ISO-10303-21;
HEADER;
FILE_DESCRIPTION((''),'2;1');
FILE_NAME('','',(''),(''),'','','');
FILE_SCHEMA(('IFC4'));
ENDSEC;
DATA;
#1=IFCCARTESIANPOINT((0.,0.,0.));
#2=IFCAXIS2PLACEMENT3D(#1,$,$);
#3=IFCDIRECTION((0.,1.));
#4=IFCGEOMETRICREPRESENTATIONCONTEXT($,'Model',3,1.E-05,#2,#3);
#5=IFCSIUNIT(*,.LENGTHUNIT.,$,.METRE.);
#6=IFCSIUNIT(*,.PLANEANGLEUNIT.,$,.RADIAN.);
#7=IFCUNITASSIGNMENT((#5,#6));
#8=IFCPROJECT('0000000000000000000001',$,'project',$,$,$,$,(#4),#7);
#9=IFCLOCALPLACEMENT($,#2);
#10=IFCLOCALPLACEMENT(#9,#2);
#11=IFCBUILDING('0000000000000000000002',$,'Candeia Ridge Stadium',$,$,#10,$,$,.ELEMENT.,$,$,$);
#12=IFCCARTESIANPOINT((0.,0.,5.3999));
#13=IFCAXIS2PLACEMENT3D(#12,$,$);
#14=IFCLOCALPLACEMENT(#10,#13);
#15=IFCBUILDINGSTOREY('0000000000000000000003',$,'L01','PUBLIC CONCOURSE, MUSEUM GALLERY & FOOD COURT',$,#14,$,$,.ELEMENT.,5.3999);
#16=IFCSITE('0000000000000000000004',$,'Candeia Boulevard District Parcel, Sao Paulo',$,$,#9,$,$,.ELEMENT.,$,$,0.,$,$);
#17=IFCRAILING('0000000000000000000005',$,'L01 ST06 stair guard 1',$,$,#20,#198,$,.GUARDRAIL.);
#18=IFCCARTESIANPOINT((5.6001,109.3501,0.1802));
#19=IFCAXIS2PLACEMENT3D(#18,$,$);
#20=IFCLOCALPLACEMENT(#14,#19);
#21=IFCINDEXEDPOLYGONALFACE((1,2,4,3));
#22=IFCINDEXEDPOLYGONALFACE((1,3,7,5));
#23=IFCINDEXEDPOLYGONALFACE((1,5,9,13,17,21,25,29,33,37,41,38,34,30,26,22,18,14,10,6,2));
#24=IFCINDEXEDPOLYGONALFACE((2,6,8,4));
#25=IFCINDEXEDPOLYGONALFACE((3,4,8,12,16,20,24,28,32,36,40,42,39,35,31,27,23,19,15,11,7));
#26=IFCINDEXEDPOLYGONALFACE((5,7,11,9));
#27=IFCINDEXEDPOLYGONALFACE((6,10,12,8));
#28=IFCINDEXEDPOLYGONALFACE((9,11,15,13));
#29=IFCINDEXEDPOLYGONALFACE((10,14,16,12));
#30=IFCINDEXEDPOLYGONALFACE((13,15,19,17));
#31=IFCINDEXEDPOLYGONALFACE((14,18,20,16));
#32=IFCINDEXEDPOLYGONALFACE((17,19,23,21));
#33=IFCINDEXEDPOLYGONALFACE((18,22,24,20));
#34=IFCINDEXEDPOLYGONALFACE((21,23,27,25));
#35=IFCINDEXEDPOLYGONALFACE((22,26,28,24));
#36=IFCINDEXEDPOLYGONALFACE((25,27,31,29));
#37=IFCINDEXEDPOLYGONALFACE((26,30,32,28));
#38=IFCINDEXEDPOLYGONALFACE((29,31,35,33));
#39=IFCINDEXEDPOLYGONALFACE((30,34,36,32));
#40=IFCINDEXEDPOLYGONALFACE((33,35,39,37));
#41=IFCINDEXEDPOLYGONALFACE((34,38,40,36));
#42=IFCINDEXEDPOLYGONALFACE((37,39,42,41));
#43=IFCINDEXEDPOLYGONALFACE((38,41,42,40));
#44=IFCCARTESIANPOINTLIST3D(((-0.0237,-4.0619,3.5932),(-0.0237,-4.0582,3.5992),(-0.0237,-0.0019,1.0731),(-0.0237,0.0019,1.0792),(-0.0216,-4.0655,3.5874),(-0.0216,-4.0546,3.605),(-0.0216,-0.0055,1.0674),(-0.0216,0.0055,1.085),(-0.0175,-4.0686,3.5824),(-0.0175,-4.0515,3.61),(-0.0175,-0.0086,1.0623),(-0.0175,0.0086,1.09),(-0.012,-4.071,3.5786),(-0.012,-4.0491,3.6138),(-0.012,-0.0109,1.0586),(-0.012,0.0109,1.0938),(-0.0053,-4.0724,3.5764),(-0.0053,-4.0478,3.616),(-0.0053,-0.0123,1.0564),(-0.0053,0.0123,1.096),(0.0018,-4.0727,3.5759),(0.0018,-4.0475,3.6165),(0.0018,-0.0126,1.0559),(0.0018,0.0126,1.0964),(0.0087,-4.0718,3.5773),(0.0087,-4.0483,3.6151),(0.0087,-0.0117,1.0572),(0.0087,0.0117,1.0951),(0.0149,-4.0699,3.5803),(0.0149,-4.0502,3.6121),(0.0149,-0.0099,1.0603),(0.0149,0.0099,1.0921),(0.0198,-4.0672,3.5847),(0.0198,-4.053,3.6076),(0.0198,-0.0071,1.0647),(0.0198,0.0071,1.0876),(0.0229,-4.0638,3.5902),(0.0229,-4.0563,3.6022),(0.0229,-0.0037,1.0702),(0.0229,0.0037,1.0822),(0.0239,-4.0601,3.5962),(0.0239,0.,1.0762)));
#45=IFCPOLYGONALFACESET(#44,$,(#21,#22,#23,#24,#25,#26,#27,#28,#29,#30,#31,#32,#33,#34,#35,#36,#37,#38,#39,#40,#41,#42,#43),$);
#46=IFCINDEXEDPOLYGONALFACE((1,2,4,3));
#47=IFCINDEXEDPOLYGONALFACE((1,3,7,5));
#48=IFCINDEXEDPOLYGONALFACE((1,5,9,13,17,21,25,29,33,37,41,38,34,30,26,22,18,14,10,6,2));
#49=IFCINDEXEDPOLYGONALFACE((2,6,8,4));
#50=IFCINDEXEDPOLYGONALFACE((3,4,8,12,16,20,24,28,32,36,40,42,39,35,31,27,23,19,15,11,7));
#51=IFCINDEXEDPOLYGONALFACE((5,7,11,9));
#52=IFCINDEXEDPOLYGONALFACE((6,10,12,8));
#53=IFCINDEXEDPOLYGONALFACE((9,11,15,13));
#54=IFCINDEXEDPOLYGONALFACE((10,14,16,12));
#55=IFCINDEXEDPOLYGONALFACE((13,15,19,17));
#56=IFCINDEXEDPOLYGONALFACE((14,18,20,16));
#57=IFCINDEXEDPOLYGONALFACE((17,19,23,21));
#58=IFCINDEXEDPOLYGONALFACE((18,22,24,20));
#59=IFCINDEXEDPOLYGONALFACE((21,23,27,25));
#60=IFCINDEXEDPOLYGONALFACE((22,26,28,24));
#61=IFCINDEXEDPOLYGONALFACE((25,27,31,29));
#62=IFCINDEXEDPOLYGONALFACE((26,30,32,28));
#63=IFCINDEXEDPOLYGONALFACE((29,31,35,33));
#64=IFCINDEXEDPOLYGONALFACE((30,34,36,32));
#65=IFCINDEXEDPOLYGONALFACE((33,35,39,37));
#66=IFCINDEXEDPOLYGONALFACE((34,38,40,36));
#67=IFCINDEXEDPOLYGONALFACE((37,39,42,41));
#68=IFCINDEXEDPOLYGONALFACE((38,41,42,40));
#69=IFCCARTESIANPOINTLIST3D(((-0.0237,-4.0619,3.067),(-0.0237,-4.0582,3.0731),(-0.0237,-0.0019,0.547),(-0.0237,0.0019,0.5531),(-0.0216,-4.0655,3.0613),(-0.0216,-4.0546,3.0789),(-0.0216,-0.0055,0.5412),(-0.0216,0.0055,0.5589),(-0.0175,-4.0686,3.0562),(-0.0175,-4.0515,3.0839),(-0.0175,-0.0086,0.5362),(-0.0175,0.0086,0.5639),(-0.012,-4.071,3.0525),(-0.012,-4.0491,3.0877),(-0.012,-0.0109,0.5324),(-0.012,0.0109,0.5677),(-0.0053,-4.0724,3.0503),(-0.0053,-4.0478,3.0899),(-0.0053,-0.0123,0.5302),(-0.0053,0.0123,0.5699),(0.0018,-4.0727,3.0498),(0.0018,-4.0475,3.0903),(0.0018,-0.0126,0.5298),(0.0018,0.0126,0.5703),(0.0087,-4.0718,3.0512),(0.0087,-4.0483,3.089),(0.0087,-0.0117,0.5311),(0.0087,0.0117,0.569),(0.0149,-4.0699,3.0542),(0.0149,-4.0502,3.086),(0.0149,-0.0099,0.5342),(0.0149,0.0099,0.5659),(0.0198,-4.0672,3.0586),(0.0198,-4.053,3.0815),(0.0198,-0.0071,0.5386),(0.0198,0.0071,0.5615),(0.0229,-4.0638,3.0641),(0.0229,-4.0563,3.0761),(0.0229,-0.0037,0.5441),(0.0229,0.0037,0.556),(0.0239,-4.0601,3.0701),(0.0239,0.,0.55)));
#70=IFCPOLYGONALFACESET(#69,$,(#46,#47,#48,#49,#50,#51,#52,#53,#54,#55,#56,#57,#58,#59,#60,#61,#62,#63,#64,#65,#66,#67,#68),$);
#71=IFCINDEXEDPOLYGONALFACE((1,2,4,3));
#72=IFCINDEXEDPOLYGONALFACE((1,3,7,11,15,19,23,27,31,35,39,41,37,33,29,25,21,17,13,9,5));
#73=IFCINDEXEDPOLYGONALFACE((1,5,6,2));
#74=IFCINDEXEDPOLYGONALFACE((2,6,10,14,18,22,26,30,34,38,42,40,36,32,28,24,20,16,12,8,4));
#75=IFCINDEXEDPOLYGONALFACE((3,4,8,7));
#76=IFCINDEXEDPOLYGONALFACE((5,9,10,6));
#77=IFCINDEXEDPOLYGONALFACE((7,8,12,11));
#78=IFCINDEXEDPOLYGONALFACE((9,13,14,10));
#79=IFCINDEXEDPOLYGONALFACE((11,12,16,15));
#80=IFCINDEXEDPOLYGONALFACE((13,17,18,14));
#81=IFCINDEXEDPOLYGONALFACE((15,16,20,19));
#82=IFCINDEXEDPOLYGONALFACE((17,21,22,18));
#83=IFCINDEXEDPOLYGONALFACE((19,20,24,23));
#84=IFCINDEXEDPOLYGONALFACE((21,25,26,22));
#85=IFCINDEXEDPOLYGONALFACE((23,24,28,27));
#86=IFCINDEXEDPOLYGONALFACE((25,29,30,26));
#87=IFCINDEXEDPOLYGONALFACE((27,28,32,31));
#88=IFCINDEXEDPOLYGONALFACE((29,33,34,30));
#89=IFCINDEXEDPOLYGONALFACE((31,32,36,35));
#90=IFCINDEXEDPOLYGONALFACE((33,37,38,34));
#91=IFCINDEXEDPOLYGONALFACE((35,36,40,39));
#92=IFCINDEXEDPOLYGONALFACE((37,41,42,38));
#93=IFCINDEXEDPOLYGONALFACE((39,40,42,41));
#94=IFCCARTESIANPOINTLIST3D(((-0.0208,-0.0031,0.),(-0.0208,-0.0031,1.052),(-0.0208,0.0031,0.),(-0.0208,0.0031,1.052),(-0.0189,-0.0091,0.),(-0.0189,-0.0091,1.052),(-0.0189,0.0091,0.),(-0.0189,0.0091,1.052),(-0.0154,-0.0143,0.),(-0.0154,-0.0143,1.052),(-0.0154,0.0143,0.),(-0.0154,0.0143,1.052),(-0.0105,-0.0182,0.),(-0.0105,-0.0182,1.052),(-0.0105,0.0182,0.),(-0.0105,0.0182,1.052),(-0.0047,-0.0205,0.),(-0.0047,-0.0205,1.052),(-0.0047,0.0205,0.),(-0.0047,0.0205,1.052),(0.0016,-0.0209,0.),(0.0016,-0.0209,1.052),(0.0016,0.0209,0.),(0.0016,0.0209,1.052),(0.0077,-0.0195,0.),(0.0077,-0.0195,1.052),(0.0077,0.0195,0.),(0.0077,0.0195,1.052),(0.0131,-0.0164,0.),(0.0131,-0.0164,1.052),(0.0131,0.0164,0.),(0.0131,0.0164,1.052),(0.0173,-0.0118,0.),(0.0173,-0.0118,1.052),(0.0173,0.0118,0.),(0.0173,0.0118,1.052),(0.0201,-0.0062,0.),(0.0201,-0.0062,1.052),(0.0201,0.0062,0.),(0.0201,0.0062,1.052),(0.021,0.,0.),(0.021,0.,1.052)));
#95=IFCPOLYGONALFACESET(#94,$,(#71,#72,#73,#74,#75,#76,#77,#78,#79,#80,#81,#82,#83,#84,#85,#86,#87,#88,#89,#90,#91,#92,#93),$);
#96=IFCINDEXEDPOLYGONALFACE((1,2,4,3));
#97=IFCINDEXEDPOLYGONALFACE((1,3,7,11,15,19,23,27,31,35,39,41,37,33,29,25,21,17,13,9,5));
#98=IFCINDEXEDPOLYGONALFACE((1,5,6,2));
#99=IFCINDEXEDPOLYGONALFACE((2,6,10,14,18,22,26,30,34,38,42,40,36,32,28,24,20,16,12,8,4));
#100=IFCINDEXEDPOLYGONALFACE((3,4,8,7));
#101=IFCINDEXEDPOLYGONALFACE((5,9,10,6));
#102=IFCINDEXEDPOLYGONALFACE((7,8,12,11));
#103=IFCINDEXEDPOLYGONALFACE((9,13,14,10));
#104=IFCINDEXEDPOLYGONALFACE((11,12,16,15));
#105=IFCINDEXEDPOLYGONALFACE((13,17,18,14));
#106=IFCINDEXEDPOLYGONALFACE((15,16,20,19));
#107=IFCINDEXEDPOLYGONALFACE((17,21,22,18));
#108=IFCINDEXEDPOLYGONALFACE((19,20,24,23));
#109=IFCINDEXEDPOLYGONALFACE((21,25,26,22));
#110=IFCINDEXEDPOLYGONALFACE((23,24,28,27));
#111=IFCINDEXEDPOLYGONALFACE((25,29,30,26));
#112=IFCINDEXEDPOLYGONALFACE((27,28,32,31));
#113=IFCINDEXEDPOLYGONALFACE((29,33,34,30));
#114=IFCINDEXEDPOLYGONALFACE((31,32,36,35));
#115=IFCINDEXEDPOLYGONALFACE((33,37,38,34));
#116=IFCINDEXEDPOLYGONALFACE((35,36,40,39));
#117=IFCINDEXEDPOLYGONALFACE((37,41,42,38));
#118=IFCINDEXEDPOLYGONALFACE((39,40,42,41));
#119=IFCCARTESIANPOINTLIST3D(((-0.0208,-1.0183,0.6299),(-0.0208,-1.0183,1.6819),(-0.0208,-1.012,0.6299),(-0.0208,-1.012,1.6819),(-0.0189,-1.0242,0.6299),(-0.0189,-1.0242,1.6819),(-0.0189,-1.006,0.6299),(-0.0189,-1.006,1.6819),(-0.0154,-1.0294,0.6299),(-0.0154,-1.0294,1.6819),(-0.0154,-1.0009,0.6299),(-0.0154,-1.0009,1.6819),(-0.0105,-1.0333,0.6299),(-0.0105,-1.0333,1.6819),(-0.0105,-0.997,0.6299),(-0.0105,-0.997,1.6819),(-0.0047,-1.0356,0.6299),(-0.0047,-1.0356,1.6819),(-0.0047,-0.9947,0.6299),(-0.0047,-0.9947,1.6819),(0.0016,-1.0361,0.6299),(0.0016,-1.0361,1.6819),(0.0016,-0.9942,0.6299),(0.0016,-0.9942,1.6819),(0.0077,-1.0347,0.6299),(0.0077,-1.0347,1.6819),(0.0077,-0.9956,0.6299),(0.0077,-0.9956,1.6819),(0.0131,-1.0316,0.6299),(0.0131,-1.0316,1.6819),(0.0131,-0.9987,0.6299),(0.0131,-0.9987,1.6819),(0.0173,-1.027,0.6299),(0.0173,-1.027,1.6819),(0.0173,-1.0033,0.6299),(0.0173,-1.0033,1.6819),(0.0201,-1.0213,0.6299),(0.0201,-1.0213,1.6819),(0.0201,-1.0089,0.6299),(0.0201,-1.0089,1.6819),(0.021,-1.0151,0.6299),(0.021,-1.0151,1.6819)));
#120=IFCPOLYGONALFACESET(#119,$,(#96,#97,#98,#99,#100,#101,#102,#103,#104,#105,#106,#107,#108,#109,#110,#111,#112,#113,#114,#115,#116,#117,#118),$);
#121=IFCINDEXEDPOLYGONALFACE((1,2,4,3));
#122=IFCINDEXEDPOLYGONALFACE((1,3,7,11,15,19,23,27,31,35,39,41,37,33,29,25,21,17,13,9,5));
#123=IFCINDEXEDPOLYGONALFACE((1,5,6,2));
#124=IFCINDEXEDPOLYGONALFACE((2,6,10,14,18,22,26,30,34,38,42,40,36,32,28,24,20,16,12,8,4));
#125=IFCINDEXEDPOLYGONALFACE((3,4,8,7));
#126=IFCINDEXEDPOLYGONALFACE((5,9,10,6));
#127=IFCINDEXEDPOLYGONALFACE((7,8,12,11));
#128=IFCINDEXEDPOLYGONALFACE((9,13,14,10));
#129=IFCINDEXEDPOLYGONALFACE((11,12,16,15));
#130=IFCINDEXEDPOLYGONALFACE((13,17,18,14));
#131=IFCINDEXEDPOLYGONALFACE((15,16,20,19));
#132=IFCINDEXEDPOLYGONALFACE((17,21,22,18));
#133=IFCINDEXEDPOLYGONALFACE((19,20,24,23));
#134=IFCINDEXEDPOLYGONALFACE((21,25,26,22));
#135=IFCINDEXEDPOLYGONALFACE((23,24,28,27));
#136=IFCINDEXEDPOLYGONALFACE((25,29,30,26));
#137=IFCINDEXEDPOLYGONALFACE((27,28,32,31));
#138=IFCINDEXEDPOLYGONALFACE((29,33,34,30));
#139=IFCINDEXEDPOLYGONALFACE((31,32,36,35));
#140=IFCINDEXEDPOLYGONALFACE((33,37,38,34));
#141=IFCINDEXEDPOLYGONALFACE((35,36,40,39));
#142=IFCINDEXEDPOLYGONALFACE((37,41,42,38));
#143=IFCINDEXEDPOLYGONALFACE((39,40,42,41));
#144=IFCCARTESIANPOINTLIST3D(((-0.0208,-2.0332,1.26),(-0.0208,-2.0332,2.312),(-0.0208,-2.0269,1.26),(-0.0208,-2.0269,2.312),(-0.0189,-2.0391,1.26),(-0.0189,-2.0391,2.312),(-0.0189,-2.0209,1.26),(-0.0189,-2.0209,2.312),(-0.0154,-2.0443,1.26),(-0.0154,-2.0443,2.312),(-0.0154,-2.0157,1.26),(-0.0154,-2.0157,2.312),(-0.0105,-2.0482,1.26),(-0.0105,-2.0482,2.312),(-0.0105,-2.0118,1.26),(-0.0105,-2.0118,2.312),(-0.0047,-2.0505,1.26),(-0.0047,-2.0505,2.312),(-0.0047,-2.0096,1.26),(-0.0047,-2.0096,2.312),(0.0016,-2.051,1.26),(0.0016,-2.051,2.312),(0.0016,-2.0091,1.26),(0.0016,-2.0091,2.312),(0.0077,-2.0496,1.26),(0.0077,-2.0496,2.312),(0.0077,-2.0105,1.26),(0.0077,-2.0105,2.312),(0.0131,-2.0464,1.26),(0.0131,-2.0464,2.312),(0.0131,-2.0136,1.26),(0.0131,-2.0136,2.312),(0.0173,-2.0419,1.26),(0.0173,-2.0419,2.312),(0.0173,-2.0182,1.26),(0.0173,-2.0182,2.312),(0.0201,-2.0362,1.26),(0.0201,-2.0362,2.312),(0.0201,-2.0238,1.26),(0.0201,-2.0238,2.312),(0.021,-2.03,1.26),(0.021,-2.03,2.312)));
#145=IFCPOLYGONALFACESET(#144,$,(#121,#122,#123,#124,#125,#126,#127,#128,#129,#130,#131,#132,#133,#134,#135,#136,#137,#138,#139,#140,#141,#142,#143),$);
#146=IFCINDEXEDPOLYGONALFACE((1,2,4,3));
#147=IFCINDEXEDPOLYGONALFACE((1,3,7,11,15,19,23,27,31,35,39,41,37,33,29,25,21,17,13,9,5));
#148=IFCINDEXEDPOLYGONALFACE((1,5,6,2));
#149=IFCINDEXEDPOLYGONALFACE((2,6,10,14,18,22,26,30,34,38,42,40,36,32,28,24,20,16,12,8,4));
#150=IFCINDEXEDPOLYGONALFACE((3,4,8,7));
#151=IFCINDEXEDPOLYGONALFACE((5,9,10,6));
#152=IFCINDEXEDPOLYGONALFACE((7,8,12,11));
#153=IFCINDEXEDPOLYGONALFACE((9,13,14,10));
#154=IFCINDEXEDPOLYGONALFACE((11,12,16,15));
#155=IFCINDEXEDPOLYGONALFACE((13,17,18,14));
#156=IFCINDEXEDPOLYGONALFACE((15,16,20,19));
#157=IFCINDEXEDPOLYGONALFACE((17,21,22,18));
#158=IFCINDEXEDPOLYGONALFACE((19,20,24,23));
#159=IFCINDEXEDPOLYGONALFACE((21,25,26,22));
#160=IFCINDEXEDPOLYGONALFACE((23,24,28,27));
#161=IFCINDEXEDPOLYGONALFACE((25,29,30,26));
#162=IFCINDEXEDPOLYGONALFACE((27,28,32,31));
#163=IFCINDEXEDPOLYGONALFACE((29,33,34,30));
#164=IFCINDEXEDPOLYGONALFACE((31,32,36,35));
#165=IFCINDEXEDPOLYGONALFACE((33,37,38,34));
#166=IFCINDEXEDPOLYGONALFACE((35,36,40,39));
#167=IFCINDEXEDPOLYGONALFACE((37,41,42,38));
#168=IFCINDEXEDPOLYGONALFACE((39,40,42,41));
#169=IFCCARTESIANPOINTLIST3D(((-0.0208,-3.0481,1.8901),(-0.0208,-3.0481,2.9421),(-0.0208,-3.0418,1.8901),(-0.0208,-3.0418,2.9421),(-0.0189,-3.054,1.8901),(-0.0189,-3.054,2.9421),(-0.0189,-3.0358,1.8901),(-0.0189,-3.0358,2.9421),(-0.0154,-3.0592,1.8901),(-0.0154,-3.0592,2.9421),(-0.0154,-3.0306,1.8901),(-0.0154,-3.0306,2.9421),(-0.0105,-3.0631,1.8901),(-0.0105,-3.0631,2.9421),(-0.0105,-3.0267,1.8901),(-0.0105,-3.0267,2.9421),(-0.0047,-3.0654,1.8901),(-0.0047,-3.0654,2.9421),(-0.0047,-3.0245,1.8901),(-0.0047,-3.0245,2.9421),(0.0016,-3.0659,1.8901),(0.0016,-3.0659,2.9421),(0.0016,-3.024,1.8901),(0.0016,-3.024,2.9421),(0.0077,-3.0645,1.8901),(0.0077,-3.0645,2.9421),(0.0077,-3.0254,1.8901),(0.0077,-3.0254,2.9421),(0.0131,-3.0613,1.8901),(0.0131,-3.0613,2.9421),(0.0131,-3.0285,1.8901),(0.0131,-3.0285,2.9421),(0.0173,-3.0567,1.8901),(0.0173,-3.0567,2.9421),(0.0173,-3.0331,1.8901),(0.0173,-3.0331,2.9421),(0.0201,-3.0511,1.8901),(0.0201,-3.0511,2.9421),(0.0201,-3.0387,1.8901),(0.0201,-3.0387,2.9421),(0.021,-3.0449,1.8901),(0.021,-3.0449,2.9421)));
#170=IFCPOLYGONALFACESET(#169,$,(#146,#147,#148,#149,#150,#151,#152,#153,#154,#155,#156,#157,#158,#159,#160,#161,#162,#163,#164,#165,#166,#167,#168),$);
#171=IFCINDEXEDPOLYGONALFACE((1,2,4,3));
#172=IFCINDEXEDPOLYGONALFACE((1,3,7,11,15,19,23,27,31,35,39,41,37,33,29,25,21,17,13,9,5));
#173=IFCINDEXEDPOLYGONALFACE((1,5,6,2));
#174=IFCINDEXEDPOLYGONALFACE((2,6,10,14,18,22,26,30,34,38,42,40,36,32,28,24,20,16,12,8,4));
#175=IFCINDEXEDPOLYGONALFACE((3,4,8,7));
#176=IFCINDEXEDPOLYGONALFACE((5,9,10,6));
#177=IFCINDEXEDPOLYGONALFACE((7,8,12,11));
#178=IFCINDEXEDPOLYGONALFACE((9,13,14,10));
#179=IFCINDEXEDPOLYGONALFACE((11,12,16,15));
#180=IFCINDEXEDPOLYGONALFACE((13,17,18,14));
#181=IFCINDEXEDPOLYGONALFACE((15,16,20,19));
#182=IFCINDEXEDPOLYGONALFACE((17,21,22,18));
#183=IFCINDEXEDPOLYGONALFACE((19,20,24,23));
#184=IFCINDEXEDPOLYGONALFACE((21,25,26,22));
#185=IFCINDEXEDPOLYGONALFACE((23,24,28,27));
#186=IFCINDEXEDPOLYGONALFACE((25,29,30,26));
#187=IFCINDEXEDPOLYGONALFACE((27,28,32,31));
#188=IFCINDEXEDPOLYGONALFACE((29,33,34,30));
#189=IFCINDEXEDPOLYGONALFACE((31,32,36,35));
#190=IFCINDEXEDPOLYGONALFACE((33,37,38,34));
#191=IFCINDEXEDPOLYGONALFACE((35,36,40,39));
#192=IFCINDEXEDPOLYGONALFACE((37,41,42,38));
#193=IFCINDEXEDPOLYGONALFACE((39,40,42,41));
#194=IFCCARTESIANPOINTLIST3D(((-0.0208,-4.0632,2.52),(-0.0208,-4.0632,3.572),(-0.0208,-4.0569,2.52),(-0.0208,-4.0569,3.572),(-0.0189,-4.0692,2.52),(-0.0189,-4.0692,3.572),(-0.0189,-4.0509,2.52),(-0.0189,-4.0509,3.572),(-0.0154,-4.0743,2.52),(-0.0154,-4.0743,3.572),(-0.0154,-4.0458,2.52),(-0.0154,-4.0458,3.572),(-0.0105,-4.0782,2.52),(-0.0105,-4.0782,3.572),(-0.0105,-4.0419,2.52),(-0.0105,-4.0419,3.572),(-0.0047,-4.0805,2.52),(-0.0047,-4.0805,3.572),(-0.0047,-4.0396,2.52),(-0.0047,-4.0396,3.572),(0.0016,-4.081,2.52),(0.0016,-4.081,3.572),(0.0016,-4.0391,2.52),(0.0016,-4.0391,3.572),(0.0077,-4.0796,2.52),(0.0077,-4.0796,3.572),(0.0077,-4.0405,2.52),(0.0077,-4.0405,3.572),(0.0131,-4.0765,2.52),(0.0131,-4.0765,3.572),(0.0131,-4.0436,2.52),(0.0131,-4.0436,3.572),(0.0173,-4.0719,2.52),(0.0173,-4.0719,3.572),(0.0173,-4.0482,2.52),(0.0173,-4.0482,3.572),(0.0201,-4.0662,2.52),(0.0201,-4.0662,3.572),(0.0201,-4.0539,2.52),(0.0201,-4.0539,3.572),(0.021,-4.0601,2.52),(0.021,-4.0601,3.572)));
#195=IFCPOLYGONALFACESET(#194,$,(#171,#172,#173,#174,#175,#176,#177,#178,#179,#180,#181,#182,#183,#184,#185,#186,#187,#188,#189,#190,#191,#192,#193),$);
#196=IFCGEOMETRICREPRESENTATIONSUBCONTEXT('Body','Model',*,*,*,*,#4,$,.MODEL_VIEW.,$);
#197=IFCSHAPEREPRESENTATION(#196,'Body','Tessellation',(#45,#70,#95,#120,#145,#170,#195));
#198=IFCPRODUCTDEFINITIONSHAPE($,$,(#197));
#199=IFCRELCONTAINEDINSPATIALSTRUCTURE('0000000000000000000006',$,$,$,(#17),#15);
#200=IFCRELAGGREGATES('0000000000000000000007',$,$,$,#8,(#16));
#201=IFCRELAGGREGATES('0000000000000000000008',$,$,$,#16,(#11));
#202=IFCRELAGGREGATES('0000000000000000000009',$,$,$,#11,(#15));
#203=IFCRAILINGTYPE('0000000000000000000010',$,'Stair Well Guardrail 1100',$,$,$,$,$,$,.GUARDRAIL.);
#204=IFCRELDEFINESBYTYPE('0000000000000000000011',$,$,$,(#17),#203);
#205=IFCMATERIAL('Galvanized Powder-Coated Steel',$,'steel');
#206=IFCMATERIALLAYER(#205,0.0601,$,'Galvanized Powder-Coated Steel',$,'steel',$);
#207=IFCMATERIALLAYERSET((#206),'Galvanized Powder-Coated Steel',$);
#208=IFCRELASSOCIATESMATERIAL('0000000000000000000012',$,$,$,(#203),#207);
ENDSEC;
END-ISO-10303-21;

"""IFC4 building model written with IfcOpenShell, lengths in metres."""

from ifc_helpers import new_model, si_unit, direction, frame, origin, origin_2d, place, context, subcontext, project, spatial, circle, extrude, material, layer, layer_set, type_object, element, save


model = new_model("IFC4")

# Units and contexts
model_context = context("Model", 3, precision=1e-05, world=origin(), true_north=direction((0.0, 1.0)))
body_context = subcontext(model_context, "Body", "Model", "MODEL_VIEW")
ifc_project = project(units=[si_unit("LENGTHUNIT", "METRE"), si_unit("PLANEANGLEUNIT", "RADIAN")], contexts=[model_context])

# Site, building, storey
site_placement = place(None, origin())
site = spatial("IfcSite", under=ifc_project, at=site_placement, Name="Candeia Boulevard District Parcel, Sao Paulo", CompositionType="ELEMENT", RefElevation=0.0)
building_placement = place(site_placement, origin())
building = spatial("IfcBuilding", under=site, at=building_placement, Name="Candeia Ridge Stadium", CompositionType="ELEMENT")
storey_placement = place(building_placement, frame((0.0, 0.0, 5.3999)))
storey = spatial("IfcBuildingStorey", under=building, at=storey_placement, Name="L01", Description="PUBLIC CONCOURSE, MUSEUM GALLERY & FOOD COURT", CompositionType="ELEMENT", Elevation=5.3999)

# Railing
ifc_material_1 = material(Name="Galvanized Powder-Coated Steel", Category="steel")
ifc_layer_1 = layer(ifc_material_1, 0.0601, Name="Galvanized Powder-Coated Steel", Category="steel")
ifc_layer_set_1 = layer_set([ifc_layer_1], Name="Galvanized Powder-Coated Steel")
railing_type_1 = type_object("IfcRailingType", Name="Stair Well Guardrail 1100", PredefinedType="GUARDRAIL", material=ifc_layer_set_1)
railing_1_placement = place(storey_placement, frame((5.6001, 109.3501, 0.1802)))
element("IfcRailing", 1, at=railing_1_placement, inside=storey, type_object=railing_type_1, Name="L01 ST06 stair guard 1", PredefinedType="GUARDRAIL", context=body_context, shape_type="SweptSolid", body=[
    extrude(circle(Radius=0.0239, at=origin_2d()), frame((0.0, 0.0, 1.0762), z_axis=(0.0, -0.849642, 0.52736), x_axis=(1.0, 0.0, 0.0)), (0.0, 0.0, 1.0), 4.7786),
    extrude(circle(Radius=0.0239, at=origin_2d()), frame((0.0, 0.0, 0.55), z_axis=(0.0, -0.849642, 0.52736), x_axis=(1.0, 0.0, 0.0)), (0.0, 0.0, 1.0), 4.7786),
    extrude(circle(Radius=0.021, at=origin_2d()), origin(), (0.0, 0.0, 1.0), 1.052),
    extrude(circle(Radius=0.021, at=origin_2d()), frame((0.0, -1.0151, 0.6299)), (0.0, 0.0, 1.0), 1.052),
    extrude(circle(Radius=0.021, at=origin_2d()), frame((0.0, -2.03, 1.26)), (0.0, 0.0, 1.0), 1.052),
    extrude(circle(Radius=0.021, at=origin_2d()), frame((0.0, -3.0449, 1.8901)), (0.0, 0.0, 1.0), 1.052),
    extrude(circle(Radius=0.021, at=origin_2d()), frame((0.0, -4.0601, 2.52)), (0.0, 0.0, 1.0), 1.052),
])

save(model, "model.ifc")
